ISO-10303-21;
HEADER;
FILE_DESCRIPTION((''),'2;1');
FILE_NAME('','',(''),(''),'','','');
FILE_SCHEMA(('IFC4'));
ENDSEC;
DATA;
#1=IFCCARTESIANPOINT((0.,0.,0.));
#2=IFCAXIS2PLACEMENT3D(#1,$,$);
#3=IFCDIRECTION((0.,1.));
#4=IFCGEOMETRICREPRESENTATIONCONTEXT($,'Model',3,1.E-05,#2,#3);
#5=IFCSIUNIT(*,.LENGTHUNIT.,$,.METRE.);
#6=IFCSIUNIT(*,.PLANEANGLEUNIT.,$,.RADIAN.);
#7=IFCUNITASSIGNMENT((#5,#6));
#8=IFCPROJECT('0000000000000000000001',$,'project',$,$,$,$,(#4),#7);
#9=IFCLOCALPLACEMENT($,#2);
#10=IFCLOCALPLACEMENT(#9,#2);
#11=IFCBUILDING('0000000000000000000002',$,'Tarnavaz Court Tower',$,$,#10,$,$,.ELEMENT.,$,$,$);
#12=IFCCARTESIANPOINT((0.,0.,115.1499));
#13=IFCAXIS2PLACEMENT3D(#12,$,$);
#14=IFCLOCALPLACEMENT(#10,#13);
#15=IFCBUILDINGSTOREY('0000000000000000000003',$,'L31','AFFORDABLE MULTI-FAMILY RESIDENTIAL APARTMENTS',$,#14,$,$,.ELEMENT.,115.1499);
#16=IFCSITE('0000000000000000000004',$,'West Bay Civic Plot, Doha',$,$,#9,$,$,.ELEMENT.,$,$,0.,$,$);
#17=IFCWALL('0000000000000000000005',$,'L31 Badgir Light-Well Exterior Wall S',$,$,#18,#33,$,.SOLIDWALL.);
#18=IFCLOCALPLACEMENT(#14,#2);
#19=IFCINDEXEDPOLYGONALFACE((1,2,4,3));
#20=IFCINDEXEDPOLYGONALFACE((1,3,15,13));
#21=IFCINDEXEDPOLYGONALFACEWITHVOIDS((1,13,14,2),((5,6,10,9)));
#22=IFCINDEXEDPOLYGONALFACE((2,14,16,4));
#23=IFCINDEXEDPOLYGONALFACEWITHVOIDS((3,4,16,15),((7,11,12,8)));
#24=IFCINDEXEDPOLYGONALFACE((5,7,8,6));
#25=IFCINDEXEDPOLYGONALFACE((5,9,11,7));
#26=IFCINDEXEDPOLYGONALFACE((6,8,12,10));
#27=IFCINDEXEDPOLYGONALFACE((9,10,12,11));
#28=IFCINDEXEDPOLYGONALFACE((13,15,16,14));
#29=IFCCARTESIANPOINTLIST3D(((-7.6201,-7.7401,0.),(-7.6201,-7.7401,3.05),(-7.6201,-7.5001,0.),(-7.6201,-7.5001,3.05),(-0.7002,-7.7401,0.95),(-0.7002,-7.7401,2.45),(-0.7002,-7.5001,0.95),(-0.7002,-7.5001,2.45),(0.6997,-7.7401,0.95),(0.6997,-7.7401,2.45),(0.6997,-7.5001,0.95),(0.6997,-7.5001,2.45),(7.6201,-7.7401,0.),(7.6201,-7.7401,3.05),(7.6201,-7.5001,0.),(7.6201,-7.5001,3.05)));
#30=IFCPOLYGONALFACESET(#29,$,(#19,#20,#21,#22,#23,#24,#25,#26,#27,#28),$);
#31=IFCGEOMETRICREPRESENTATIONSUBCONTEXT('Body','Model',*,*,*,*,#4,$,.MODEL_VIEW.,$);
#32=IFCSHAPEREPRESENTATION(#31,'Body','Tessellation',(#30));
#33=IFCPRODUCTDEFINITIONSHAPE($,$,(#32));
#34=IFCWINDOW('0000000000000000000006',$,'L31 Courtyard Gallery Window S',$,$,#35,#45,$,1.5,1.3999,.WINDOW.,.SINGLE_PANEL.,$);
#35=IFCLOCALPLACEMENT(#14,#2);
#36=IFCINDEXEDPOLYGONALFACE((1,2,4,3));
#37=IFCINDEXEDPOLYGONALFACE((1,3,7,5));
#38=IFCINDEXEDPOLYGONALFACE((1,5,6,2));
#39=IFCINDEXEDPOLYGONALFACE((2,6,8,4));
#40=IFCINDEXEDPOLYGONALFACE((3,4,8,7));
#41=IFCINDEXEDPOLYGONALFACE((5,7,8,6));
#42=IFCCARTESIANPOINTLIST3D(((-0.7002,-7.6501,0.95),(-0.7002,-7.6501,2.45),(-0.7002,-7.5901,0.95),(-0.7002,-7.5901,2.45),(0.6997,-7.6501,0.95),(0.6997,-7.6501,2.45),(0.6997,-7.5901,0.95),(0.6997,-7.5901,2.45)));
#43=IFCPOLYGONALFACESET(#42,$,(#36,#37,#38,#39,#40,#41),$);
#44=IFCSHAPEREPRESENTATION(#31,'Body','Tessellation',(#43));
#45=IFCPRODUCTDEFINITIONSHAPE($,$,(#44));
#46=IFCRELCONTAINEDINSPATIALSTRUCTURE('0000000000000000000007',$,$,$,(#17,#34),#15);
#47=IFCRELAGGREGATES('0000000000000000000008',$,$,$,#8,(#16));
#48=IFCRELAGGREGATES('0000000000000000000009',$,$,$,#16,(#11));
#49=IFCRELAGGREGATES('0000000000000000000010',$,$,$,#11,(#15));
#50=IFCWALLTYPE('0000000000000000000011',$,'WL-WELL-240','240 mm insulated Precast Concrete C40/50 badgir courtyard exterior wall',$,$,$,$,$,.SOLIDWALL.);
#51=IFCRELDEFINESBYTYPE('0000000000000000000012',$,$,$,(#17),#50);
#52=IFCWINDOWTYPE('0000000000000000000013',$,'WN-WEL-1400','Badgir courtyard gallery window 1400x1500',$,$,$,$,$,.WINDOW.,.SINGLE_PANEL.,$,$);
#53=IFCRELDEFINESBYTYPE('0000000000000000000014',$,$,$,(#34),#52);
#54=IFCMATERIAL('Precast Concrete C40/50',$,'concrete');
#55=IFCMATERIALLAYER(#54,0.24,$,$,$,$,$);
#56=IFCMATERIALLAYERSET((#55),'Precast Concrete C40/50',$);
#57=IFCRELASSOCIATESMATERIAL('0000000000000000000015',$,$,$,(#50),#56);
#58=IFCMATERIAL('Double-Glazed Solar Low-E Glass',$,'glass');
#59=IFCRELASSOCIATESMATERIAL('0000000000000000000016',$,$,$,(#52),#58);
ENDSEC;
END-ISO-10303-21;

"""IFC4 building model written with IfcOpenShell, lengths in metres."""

from ifc_helpers import new_model, si_unit, direction, frame, frame_2d, origin, place, context, subcontext, project, spatial, rectangle, extrude, material, layer, layer_set, type_object, element, fill, save


model = new_model("IFC4")

# Units and contexts
model_context = context("Model", 3, precision=1e-05, world=origin(), true_north=direction((0.0, 1.0)))
body_context = subcontext(model_context, "Body", "Model", "MODEL_VIEW")
ifc_project = project(units=[si_unit("LENGTHUNIT", "METRE"), si_unit("PLANEANGLEUNIT", "RADIAN")], contexts=[model_context])

# Site, building, storey
site_placement = place(None, origin())
site = spatial("IfcSite", under=ifc_project, at=site_placement, Name="West Bay Civic Plot, Doha", CompositionType="ELEMENT", RefElevation=0.0)
building_placement = place(site_placement, origin())
building = spatial("IfcBuilding", under=site, at=building_placement, Name="Tarnavaz Court Tower", CompositionType="ELEMENT")
storey_placement = place(building_placement, frame((0.0, 0.0, 115.1499)))
storey = spatial("IfcBuildingStorey", under=building, at=storey_placement, Name="L31", Description="AFFORDABLE MULTI-FAMILY RESIDENTIAL APARTMENTS", CompositionType="ELEMENT", Elevation=115.1499)

# Wall, opening, window
ifc_material_1 = material(Name="Precast Concrete C40/50", Category="concrete")
ifc_layer_1 = layer(ifc_material_1, 0.24)
ifc_layer_set_1 = layer_set([ifc_layer_1], Name="Precast Concrete C40/50")
wall_type_1 = type_object("IfcWallType", Name="WL-WELL-240", Description="240 mm insulated Precast Concrete C40/50 badgir courtyard exterior wall", PredefinedType="SOLIDWALL", material=ifc_layer_set_1)
wall_1_placement = place(storey_placement, frame((-7.6201, -7.6201, 0.0), z_axis=(0.0, 0.0, 1.0), x_axis=(1.0, 0.0, 0.0)))
wall_1 = element("IfcWall", 1, at=wall_1_placement, inside=storey, type_object=wall_type_1, Name="L31 Badgir Light-Well Exterior Wall S", PredefinedType="SOLIDWALL", context=body_context, shape_type="SweptSolid", body=[
    extrude(rectangle(XDim=15.2402, YDim=0.24, at=frame_2d((7.6201, 0.0))), origin(), (0.0, 0.0, 1.0), 3.05),
])
opening_1_placement = place(wall_1_placement, frame((6.9199, 0.0, 0.95)))
opening_1 = element("IfcOpeningElement", 2, at=opening_1_placement, cuts=wall_1, PredefinedType="OPENING", context=body_context, shape_type="SweptSolid", body=[
    extrude(rectangle(XDim=1.3999, YDim=1.5, at=frame_2d((0.7, 0.75))), frame((0.0, 0.1299, 0.0), z_axis=(0.0, -1.0, 0.0), x_axis=(1.0, 0.0, 0.0)), (0.0, 0.0, 1.0), 0.26),
])
ifc_material_2 = material(Name="Double-Glazed Solar Low-E Glass", Category="glass")
window_type = type_object("IfcWindowType", Name="WN-WEL-1400", Description="Badgir courtyard gallery window 1400x1500", PartitioningType="SINGLE_PANEL", PredefinedType="WINDOW", material=ifc_material_2)
window_placement = place(opening_1_placement, origin())
window = element("IfcWindow", 3, at=window_placement, inside=storey, type_object=window_type, Name="L31 Courtyard Gallery Window S", OverallHeight=1.5, OverallWidth=1.3999, PartitioningType="SINGLE_PANEL", PredefinedType="WINDOW", context=body_context, shape_type="SweptSolid", body=[
    extrude(rectangle(XDim=1.3999, YDim=1.5, at=frame_2d((0.7, 0.75))), frame((0.0, 0.03, 0.0), z_axis=(0.0, -1.0, 0.0), x_axis=(1.0, 0.0, 0.0)), (0.0, 0.0, 1.0), 0.0601),
])
fill(opening_1, window)

save(model, "model.ifc")
